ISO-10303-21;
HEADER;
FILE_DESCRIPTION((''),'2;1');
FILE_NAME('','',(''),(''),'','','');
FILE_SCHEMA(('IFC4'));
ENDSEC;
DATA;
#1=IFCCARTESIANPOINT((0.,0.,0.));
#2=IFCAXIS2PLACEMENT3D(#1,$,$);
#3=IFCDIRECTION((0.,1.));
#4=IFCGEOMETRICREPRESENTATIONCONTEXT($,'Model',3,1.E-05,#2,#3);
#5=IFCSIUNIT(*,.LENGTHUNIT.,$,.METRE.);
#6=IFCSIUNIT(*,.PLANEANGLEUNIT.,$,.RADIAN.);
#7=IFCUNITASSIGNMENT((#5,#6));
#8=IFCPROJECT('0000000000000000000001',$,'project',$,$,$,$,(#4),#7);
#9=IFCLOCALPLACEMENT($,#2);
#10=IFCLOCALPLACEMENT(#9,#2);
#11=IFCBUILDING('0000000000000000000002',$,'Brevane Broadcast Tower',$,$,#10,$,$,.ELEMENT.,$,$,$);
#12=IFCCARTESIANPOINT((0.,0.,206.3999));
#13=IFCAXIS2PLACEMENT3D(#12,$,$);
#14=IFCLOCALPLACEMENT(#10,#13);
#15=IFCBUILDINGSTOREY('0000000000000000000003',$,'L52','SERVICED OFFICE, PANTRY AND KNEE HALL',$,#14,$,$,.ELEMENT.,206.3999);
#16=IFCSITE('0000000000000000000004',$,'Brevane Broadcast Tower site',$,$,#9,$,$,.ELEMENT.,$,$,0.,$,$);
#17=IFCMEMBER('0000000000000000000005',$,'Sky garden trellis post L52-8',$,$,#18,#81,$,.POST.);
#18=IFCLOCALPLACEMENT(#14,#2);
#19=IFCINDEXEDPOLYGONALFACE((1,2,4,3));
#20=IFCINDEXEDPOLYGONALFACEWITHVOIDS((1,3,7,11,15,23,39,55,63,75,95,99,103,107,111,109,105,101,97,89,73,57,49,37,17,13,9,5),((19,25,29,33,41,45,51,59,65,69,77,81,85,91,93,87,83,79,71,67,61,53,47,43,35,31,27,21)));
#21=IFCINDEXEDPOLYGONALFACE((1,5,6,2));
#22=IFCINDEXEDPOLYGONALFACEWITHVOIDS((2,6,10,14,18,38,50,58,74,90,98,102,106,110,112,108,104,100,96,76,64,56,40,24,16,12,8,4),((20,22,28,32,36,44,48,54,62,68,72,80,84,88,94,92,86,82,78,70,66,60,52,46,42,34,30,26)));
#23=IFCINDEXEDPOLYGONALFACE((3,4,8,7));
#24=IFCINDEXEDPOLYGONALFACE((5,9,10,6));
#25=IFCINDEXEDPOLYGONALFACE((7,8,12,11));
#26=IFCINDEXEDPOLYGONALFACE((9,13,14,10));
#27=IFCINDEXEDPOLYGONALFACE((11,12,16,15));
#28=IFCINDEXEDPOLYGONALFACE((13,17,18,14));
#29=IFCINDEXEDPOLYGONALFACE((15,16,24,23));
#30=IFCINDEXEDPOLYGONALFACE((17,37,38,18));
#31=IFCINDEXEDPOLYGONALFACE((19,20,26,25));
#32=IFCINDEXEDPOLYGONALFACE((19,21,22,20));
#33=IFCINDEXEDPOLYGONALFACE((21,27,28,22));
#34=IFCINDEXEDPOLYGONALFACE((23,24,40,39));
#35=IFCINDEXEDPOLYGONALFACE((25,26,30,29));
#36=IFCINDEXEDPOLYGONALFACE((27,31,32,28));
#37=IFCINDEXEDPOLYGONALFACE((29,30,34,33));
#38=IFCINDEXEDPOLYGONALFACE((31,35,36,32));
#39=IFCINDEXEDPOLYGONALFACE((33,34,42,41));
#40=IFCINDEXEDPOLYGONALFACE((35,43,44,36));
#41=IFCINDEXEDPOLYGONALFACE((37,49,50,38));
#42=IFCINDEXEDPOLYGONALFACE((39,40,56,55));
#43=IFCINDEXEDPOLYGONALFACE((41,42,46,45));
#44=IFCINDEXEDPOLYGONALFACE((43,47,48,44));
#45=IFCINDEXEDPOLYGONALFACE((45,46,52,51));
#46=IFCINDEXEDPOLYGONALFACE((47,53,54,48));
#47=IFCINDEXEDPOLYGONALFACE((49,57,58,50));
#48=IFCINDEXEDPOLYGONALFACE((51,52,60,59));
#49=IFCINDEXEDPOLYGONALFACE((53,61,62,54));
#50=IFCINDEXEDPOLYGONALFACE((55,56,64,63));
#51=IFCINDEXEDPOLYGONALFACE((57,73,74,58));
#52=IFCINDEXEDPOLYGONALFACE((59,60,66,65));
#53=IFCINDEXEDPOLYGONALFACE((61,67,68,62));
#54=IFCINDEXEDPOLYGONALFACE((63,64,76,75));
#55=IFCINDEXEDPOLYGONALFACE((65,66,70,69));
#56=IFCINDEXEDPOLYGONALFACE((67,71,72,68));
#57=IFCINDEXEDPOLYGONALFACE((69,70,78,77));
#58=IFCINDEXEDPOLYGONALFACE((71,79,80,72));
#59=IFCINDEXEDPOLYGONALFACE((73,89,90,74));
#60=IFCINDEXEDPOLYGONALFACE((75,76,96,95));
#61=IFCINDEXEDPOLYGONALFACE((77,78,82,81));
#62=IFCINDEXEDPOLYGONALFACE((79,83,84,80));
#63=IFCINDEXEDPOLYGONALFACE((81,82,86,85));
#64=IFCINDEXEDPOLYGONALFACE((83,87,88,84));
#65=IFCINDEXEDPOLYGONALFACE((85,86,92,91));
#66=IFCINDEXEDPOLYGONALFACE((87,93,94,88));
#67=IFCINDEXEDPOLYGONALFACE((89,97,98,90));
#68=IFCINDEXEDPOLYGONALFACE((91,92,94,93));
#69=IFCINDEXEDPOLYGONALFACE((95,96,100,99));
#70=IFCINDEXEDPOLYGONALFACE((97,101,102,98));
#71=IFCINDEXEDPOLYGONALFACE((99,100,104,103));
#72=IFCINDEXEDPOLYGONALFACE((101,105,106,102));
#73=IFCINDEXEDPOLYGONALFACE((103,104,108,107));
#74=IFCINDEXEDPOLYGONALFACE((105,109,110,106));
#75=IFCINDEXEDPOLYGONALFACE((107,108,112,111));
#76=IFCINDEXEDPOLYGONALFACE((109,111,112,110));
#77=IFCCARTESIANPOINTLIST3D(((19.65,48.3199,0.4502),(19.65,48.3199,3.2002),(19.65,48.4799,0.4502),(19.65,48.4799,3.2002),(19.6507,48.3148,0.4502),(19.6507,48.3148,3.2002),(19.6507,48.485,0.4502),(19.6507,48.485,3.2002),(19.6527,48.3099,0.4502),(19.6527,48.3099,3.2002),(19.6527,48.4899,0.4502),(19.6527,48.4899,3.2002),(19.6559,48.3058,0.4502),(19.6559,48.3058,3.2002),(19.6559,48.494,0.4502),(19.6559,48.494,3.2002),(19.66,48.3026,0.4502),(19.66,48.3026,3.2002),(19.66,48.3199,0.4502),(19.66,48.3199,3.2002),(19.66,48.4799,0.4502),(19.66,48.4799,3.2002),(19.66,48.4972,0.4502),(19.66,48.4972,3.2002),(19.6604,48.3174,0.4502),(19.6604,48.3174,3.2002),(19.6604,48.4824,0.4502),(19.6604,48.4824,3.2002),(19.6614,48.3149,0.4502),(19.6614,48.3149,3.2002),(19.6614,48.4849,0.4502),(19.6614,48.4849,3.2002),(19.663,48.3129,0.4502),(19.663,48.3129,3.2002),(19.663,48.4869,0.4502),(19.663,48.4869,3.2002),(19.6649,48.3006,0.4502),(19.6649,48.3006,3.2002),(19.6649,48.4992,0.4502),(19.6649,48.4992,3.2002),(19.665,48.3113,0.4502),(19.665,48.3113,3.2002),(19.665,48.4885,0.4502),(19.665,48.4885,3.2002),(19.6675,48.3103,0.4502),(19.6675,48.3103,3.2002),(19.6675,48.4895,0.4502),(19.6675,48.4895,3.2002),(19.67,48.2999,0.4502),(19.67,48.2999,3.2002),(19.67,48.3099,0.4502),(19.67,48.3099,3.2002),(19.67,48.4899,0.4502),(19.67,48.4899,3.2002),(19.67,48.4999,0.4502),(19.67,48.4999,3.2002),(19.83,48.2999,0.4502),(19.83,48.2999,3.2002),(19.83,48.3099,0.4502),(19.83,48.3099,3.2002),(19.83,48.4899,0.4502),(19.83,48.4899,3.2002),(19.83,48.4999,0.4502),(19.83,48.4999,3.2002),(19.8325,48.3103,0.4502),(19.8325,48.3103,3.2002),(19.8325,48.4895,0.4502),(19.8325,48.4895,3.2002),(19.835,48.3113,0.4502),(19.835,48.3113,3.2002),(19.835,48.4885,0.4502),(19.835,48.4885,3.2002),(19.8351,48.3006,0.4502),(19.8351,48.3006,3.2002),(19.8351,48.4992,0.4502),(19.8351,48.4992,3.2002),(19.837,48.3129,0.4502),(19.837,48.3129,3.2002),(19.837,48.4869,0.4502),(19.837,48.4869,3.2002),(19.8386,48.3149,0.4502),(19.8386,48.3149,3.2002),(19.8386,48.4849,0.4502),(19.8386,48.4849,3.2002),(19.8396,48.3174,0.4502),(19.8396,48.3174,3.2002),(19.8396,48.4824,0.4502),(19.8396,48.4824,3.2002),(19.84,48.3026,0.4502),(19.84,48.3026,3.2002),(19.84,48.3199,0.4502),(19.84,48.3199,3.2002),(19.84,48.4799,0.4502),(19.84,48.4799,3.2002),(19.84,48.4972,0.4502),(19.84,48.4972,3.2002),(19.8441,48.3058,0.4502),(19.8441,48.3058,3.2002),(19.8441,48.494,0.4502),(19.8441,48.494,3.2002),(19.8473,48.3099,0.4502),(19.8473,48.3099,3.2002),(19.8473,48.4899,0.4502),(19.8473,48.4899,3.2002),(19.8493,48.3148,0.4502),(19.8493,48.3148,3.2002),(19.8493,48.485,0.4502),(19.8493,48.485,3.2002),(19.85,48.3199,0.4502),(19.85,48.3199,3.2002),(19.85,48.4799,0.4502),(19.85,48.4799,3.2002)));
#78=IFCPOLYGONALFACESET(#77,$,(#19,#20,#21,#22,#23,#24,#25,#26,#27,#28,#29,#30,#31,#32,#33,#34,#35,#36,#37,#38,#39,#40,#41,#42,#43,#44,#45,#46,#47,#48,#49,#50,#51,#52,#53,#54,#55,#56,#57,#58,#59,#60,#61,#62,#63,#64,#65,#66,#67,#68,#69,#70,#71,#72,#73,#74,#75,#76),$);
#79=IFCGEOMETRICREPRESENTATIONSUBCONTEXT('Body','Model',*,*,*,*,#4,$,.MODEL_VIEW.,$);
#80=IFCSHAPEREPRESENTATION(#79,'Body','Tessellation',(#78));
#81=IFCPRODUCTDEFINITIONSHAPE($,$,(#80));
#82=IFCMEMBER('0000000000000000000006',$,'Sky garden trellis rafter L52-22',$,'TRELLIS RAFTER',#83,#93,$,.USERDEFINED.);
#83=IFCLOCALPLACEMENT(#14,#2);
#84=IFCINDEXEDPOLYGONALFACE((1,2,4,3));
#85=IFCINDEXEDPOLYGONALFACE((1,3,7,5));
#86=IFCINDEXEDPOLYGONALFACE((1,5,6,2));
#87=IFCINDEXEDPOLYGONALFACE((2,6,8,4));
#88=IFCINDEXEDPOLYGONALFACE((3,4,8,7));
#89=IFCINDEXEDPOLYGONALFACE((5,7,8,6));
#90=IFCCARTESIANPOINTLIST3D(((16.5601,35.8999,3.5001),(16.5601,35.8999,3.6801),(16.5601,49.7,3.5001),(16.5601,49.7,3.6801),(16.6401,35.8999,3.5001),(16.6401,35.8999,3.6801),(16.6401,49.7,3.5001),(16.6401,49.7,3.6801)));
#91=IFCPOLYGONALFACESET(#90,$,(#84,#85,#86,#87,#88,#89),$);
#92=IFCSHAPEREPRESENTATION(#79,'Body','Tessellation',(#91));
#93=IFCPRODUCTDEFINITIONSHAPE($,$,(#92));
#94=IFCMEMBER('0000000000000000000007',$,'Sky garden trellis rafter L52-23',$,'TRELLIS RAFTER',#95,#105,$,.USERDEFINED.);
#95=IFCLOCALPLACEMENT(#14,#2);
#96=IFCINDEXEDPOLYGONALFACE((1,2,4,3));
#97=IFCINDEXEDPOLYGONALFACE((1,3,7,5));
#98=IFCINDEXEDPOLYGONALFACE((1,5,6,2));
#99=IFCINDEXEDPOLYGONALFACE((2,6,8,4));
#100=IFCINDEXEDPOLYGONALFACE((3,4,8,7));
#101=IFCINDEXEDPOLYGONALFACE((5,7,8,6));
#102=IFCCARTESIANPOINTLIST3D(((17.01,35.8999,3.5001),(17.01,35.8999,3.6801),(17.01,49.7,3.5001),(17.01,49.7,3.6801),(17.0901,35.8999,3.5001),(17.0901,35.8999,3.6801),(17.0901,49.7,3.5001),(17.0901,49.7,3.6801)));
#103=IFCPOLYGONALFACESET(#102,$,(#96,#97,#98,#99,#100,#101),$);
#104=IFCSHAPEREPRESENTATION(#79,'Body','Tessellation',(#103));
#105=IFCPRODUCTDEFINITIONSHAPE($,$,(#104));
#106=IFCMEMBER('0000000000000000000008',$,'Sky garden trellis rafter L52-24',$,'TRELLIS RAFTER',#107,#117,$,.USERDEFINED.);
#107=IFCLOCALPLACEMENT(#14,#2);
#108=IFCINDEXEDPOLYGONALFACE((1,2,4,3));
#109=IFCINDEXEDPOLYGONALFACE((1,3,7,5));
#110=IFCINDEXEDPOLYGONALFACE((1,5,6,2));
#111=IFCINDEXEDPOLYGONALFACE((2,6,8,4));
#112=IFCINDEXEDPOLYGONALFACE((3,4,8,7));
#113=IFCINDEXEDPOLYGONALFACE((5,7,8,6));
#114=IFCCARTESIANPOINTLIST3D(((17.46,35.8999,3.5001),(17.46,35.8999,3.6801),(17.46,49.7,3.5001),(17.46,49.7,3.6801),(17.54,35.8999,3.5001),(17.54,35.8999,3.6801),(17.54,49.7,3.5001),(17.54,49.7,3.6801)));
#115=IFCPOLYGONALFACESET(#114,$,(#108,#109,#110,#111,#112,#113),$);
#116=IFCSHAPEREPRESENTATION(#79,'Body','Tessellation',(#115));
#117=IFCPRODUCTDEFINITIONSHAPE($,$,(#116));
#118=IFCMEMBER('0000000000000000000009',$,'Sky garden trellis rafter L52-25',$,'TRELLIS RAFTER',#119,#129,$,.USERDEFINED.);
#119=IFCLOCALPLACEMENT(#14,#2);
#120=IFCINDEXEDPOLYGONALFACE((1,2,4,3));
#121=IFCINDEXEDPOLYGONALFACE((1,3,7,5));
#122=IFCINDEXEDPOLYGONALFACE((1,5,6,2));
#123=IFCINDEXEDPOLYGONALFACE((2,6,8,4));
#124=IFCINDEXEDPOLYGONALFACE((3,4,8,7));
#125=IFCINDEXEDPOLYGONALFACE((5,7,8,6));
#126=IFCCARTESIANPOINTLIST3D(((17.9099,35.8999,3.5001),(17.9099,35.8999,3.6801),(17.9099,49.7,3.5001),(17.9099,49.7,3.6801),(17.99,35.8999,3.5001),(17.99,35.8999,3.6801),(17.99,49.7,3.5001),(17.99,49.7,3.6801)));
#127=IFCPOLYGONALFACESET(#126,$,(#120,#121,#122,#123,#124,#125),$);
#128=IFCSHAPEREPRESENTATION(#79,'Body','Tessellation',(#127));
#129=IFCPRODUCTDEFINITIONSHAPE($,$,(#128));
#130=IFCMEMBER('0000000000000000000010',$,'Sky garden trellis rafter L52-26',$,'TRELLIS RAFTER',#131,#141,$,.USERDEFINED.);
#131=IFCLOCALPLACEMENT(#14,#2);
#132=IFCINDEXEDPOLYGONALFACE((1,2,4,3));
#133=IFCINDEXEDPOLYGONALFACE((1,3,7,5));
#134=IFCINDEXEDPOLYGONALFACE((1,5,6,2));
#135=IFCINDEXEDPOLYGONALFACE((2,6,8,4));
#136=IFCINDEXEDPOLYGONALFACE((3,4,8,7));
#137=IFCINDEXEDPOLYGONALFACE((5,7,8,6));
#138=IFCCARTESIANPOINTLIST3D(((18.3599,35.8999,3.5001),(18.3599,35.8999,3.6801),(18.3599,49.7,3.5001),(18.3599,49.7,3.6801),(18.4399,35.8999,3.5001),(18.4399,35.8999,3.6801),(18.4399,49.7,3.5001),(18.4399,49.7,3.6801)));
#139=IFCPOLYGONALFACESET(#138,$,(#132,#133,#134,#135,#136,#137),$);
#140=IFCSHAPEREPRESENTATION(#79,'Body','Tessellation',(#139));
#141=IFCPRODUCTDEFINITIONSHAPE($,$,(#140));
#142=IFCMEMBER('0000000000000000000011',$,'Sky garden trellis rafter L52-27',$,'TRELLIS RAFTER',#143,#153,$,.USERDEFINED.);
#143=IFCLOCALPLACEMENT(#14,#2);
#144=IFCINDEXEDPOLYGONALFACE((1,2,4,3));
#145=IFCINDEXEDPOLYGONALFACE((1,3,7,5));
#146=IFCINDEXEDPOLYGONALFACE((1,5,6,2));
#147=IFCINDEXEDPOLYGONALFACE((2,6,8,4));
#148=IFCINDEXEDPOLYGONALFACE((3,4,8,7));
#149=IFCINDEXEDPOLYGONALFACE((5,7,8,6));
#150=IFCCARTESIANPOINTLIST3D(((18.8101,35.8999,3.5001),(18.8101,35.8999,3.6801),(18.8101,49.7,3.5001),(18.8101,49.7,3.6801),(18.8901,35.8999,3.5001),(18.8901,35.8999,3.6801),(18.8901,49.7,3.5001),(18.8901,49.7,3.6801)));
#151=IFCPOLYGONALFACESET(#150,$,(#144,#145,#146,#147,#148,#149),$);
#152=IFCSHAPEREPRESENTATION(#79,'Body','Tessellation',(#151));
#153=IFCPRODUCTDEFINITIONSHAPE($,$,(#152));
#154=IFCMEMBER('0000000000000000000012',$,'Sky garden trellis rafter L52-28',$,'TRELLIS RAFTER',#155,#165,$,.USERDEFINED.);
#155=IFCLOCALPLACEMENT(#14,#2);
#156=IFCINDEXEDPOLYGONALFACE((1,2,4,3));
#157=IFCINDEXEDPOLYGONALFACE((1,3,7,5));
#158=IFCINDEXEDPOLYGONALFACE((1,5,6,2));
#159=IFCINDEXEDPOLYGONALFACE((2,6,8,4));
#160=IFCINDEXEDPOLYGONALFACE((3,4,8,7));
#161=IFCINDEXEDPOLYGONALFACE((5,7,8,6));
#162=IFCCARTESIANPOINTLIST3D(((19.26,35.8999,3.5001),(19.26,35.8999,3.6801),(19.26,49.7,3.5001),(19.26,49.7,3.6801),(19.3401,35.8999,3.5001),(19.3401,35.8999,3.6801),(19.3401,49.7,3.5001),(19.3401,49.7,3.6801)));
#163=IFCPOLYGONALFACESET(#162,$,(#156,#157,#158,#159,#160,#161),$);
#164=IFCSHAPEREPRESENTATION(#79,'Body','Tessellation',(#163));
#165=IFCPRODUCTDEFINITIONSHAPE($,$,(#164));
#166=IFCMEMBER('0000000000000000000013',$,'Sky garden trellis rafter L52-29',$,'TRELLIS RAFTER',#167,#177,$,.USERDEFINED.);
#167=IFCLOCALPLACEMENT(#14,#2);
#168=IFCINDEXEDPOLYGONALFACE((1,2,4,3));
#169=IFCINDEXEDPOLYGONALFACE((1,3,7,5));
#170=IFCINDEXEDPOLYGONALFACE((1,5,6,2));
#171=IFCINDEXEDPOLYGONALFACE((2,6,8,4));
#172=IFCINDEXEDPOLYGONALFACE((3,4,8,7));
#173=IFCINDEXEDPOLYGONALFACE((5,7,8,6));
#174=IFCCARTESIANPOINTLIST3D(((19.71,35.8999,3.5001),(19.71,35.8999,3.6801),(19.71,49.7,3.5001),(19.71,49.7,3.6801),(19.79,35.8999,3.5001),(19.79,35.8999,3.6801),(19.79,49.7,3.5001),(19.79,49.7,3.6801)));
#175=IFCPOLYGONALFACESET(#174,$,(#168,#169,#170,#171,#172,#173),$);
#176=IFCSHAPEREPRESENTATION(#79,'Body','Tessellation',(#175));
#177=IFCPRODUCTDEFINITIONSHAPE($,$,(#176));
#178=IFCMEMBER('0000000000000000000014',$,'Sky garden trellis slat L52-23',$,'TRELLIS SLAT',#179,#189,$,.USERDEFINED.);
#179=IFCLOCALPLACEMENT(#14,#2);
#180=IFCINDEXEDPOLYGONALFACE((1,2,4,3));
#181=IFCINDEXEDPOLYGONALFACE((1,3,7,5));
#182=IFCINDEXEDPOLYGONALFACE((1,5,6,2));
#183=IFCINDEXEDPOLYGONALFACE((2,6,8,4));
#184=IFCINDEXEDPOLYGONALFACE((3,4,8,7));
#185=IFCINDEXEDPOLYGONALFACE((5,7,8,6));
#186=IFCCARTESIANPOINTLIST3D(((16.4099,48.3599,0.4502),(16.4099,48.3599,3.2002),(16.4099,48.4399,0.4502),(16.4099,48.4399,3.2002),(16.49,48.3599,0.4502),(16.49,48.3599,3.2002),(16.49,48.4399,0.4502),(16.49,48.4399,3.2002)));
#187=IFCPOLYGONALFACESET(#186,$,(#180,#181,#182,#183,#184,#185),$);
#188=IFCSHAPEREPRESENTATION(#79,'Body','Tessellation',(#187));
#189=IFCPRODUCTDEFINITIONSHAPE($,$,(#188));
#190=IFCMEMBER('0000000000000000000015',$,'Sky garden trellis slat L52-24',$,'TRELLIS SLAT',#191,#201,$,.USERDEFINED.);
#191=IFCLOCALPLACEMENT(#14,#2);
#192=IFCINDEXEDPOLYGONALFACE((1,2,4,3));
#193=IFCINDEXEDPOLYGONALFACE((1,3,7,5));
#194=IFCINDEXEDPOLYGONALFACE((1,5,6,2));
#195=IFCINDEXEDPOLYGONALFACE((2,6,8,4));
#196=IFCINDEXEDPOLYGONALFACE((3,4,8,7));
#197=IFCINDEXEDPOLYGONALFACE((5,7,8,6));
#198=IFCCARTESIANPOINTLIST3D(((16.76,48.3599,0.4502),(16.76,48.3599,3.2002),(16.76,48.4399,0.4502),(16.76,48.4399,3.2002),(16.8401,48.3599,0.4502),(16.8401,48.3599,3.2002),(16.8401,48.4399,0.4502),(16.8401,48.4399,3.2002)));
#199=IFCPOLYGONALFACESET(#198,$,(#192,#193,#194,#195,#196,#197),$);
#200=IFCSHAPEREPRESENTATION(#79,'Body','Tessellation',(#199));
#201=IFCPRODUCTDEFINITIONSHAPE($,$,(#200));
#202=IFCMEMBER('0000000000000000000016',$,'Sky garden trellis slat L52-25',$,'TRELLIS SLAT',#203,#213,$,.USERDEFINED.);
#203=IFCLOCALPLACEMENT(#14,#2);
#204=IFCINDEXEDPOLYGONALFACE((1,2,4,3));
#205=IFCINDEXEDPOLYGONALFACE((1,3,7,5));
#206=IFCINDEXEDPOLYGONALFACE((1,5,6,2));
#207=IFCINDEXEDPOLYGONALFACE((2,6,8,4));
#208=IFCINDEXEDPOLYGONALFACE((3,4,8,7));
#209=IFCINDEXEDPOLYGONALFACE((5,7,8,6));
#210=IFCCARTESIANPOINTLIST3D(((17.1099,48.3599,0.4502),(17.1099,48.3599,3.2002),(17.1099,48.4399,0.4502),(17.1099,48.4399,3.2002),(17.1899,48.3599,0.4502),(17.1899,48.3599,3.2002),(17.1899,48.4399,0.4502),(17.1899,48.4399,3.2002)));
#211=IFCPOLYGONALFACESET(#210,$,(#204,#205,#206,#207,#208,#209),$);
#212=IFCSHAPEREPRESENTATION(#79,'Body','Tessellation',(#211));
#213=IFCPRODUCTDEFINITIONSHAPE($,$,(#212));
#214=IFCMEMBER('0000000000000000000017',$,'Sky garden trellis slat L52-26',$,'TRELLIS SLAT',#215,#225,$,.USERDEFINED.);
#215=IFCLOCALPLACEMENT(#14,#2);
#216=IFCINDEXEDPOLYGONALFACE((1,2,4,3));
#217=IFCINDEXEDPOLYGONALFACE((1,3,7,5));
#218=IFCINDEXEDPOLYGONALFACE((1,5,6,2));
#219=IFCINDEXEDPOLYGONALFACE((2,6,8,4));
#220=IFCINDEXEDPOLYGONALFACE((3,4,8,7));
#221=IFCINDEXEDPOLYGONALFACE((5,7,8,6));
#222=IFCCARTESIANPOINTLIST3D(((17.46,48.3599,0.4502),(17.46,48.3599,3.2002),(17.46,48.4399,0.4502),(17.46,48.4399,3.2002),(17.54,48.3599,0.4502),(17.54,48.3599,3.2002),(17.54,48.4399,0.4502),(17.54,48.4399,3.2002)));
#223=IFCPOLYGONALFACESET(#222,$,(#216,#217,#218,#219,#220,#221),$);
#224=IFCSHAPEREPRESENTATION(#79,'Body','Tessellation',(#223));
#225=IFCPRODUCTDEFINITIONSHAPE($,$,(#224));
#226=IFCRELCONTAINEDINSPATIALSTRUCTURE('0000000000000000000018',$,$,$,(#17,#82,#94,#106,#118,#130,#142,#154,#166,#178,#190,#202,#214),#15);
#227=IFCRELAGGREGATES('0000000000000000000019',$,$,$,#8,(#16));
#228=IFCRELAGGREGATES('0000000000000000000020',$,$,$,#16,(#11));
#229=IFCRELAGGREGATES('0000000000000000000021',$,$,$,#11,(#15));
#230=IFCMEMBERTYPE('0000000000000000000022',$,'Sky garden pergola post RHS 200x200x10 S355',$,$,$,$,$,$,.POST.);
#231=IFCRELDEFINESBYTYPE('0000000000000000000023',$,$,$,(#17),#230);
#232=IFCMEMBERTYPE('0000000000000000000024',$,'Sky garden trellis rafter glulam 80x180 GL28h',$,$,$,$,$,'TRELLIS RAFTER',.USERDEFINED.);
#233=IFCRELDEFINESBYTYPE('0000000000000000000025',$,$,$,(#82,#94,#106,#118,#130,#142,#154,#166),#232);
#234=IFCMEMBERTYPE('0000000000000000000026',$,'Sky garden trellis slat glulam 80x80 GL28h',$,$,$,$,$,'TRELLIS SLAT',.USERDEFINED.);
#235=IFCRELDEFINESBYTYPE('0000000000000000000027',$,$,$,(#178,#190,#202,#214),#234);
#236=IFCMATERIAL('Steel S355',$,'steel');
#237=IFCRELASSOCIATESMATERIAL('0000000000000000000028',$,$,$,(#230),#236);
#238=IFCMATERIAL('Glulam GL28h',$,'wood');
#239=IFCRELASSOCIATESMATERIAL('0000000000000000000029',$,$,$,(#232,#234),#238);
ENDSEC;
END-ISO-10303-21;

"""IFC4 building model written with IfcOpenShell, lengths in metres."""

from ifc_helpers import new_model, si_unit, direction, frame, origin, origin_2d, place, context, subcontext, project, spatial, rectangle, hollow_rectangle, extrude, material, material_profile, profile_set, type_object, element, save


model = new_model("IFC4")

# Units and contexts
model_context = context("Model", 3, precision=1e-05, world=origin(), true_north=direction((0.0, 1.0)))
body_context = subcontext(model_context, "Body", "Model", "MODEL_VIEW")
ifc_project = project(units=[si_unit("LENGTHUNIT", "METRE"), si_unit("PLANEANGLEUNIT", "RADIAN")], contexts=[model_context])

# Site, building, storey
site_placement = place(None, origin())
site = spatial("IfcSite", under=ifc_project, at=site_placement, Name="Brevane Broadcast Tower site", CompositionType="ELEMENT", RefElevation=0.0)
building_placement = place(site_placement, origin())
building = spatial("IfcBuilding", under=site, at=building_placement, Name="Brevane Broadcast Tower", CompositionType="ELEMENT")
storey_placement = place(building_placement, frame((0.0, 0.0, 206.3999)))
storey = spatial("IfcBuildingStorey", under=building, at=storey_placement, Name="L52", Description="SERVICED OFFICE, PANTRY AND KNEE HALL", CompositionType="ELEMENT", Elevation=206.3999)

# Members
ifc_material_1 = material(Name="Steel S355", Category="steel")
ifc_material_profile_1 = material_profile(ifc_material_1, hollow_rectangle(XDim=0.2, YDim=0.2, WallThickness=0.01, InnerFilletRadius=0.01, OuterFilletRadius=0.02, at=origin_2d()), Name="RHS 200x200x10")
ifc_profile_set_1 = profile_set([ifc_material_profile_1], Name="Steel S355")
member_type_1 = type_object("IfcMemberType", Name="Sky garden pergola post RHS 200x200x10 S355", PredefinedType="POST", material=ifc_profile_set_1)
for number, where, z_axis, x_axis, name in (
    (1, (19.75, 48.3999, 0.4502), (0.0, 0.0, 1.0), (1.0, 0.0, 0.0), "Sky garden trellis post L52-8"),
):
    element("IfcMember", number, at=place(storey_placement, frame(where, z_axis=z_axis, x_axis=x_axis)), inside=storey, type_object=member_type_1, Name=name, PredefinedType="POST", context=body_context, shape_type="SweptSolid", body=[
        extrude(hollow_rectangle(XDim=0.2, YDim=0.2, WallThickness=0.01, InnerFilletRadius=0.01, OuterFilletRadius=0.02, at=origin_2d()), origin(), (0.0, 0.0, 1.0), 2.75),
    ])
ifc_material_2 = material(Name="Glulam GL28h", Category="wood")
ifc_material_profile_2 = material_profile(ifc_material_2, rectangle(XDim=0.0801, YDim=0.1799, at=origin_2d()), Name="RECT 80x180")
ifc_profile_set_2 = profile_set([ifc_material_profile_2], Name="Glulam GL28h")
member_type_2 = type_object("IfcMemberType", Name="Sky garden trellis rafter glulam 80x180 GL28h", ElementType="TRELLIS RAFTER", PredefinedType="USERDEFINED", material=ifc_profile_set_2)
for number, where, z_axis, x_axis, name in (
    (2, (16.6001, 35.8999, 3.5901), (0.0, 1.0, 0.0), (-1.0, 0.0, 0.0), "Sky garden trellis rafter L52-22"),
    (3, (17.05, 35.8999, 3.5901), (0.0, 1.0, 0.0), (-1.0, 0.0, 0.0), "Sky garden trellis rafter L52-23"),
    (4, (17.5, 35.8999, 3.5901), (0.0, 1.0, 0.0), (-1.0, 0.0, 0.0), "Sky garden trellis rafter L52-24"),
    (5, (17.95, 35.8999, 3.5901), (0.0, 1.0, 0.0), (-1.0, 0.0, 0.0), "Sky garden trellis rafter L52-25"),
    (6, (18.3999, 35.8999, 3.5901), (0.0, 1.0, 0.0), (-1.0, 0.0, 0.0), "Sky garden trellis rafter L52-26"),
    (7, (18.8501, 35.8999, 3.5901), (0.0, 1.0, 0.0), (-1.0, 0.0, 0.0), "Sky garden trellis rafter L52-27"),
    (8, (19.3, 35.8999, 3.5901), (0.0, 1.0, 0.0), (-1.0, 0.0, 0.0), "Sky garden trellis rafter L52-28"),
    (9, (19.75, 35.8999, 3.5901), (0.0, 1.0, 0.0), (-1.0, 0.0, 0.0), "Sky garden trellis rafter L52-29"),
):
    element("IfcMember", number, at=place(storey_placement, frame(where, z_axis=z_axis, x_axis=x_axis)), inside=storey, type_object=member_type_2, Name=name, ObjectType="TRELLIS RAFTER", PredefinedType="USERDEFINED", context=body_context, shape_type="SweptSolid", body=[
        extrude(rectangle(XDim=0.0801, YDim=0.1799, at=origin_2d()), origin(), (0.0, 0.0, 1.0), 13.8),
    ])
ifc_material_profile_3 = material_profile(ifc_material_2, rectangle(XDim=0.0801, YDim=0.0801, at=origin_2d()), Name="RECT 80x80")
ifc_profile_set_3 = profile_set([ifc_material_profile_3], Name="Glulam GL28h")
member_type_3 = type_object("IfcMemberType", Name="Sky garden trellis slat glulam 80x80 GL28h", ElementType="TRELLIS SLAT", PredefinedType="USERDEFINED", material=ifc_profile_set_3)
for number, where, z_axis, x_axis, name in (
    (10, (16.45, 48.3999, 0.4502), (0.0, 0.0, 1.0), (1.0, 0.0, 0.0), "Sky garden trellis slat L52-23"),
    (11, (16.8, 48.3999, 0.4502), (0.0, 0.0, 1.0), (1.0, 0.0, 0.0), "Sky garden trellis slat L52-24"),
    (12, (17.1499, 48.3999, 0.4502), (0.0, 0.0, 1.0), (1.0, 0.0, 0.0), "Sky garden trellis slat L52-25"),
    (13, (17.5, 48.3999, 0.4502), (0.0, 0.0, 1.0), (1.0, 0.0, 0.0), "Sky garden trellis slat L52-26"),
):
    element("IfcMember", number, at=place(storey_placement, frame(where, z_axis=z_axis, x_axis=x_axis)), inside=storey, type_object=member_type_3, Name=name, ObjectType="TRELLIS SLAT", PredefinedType="USERDEFINED", context=body_context, shape_type="SweptSolid", body=[
        extrude(rectangle(XDim=0.0801, YDim=0.0801, at=origin_2d()), origin(), (0.0, 0.0, 1.0), 2.75),
    ])

save(model, "model.ifc")
